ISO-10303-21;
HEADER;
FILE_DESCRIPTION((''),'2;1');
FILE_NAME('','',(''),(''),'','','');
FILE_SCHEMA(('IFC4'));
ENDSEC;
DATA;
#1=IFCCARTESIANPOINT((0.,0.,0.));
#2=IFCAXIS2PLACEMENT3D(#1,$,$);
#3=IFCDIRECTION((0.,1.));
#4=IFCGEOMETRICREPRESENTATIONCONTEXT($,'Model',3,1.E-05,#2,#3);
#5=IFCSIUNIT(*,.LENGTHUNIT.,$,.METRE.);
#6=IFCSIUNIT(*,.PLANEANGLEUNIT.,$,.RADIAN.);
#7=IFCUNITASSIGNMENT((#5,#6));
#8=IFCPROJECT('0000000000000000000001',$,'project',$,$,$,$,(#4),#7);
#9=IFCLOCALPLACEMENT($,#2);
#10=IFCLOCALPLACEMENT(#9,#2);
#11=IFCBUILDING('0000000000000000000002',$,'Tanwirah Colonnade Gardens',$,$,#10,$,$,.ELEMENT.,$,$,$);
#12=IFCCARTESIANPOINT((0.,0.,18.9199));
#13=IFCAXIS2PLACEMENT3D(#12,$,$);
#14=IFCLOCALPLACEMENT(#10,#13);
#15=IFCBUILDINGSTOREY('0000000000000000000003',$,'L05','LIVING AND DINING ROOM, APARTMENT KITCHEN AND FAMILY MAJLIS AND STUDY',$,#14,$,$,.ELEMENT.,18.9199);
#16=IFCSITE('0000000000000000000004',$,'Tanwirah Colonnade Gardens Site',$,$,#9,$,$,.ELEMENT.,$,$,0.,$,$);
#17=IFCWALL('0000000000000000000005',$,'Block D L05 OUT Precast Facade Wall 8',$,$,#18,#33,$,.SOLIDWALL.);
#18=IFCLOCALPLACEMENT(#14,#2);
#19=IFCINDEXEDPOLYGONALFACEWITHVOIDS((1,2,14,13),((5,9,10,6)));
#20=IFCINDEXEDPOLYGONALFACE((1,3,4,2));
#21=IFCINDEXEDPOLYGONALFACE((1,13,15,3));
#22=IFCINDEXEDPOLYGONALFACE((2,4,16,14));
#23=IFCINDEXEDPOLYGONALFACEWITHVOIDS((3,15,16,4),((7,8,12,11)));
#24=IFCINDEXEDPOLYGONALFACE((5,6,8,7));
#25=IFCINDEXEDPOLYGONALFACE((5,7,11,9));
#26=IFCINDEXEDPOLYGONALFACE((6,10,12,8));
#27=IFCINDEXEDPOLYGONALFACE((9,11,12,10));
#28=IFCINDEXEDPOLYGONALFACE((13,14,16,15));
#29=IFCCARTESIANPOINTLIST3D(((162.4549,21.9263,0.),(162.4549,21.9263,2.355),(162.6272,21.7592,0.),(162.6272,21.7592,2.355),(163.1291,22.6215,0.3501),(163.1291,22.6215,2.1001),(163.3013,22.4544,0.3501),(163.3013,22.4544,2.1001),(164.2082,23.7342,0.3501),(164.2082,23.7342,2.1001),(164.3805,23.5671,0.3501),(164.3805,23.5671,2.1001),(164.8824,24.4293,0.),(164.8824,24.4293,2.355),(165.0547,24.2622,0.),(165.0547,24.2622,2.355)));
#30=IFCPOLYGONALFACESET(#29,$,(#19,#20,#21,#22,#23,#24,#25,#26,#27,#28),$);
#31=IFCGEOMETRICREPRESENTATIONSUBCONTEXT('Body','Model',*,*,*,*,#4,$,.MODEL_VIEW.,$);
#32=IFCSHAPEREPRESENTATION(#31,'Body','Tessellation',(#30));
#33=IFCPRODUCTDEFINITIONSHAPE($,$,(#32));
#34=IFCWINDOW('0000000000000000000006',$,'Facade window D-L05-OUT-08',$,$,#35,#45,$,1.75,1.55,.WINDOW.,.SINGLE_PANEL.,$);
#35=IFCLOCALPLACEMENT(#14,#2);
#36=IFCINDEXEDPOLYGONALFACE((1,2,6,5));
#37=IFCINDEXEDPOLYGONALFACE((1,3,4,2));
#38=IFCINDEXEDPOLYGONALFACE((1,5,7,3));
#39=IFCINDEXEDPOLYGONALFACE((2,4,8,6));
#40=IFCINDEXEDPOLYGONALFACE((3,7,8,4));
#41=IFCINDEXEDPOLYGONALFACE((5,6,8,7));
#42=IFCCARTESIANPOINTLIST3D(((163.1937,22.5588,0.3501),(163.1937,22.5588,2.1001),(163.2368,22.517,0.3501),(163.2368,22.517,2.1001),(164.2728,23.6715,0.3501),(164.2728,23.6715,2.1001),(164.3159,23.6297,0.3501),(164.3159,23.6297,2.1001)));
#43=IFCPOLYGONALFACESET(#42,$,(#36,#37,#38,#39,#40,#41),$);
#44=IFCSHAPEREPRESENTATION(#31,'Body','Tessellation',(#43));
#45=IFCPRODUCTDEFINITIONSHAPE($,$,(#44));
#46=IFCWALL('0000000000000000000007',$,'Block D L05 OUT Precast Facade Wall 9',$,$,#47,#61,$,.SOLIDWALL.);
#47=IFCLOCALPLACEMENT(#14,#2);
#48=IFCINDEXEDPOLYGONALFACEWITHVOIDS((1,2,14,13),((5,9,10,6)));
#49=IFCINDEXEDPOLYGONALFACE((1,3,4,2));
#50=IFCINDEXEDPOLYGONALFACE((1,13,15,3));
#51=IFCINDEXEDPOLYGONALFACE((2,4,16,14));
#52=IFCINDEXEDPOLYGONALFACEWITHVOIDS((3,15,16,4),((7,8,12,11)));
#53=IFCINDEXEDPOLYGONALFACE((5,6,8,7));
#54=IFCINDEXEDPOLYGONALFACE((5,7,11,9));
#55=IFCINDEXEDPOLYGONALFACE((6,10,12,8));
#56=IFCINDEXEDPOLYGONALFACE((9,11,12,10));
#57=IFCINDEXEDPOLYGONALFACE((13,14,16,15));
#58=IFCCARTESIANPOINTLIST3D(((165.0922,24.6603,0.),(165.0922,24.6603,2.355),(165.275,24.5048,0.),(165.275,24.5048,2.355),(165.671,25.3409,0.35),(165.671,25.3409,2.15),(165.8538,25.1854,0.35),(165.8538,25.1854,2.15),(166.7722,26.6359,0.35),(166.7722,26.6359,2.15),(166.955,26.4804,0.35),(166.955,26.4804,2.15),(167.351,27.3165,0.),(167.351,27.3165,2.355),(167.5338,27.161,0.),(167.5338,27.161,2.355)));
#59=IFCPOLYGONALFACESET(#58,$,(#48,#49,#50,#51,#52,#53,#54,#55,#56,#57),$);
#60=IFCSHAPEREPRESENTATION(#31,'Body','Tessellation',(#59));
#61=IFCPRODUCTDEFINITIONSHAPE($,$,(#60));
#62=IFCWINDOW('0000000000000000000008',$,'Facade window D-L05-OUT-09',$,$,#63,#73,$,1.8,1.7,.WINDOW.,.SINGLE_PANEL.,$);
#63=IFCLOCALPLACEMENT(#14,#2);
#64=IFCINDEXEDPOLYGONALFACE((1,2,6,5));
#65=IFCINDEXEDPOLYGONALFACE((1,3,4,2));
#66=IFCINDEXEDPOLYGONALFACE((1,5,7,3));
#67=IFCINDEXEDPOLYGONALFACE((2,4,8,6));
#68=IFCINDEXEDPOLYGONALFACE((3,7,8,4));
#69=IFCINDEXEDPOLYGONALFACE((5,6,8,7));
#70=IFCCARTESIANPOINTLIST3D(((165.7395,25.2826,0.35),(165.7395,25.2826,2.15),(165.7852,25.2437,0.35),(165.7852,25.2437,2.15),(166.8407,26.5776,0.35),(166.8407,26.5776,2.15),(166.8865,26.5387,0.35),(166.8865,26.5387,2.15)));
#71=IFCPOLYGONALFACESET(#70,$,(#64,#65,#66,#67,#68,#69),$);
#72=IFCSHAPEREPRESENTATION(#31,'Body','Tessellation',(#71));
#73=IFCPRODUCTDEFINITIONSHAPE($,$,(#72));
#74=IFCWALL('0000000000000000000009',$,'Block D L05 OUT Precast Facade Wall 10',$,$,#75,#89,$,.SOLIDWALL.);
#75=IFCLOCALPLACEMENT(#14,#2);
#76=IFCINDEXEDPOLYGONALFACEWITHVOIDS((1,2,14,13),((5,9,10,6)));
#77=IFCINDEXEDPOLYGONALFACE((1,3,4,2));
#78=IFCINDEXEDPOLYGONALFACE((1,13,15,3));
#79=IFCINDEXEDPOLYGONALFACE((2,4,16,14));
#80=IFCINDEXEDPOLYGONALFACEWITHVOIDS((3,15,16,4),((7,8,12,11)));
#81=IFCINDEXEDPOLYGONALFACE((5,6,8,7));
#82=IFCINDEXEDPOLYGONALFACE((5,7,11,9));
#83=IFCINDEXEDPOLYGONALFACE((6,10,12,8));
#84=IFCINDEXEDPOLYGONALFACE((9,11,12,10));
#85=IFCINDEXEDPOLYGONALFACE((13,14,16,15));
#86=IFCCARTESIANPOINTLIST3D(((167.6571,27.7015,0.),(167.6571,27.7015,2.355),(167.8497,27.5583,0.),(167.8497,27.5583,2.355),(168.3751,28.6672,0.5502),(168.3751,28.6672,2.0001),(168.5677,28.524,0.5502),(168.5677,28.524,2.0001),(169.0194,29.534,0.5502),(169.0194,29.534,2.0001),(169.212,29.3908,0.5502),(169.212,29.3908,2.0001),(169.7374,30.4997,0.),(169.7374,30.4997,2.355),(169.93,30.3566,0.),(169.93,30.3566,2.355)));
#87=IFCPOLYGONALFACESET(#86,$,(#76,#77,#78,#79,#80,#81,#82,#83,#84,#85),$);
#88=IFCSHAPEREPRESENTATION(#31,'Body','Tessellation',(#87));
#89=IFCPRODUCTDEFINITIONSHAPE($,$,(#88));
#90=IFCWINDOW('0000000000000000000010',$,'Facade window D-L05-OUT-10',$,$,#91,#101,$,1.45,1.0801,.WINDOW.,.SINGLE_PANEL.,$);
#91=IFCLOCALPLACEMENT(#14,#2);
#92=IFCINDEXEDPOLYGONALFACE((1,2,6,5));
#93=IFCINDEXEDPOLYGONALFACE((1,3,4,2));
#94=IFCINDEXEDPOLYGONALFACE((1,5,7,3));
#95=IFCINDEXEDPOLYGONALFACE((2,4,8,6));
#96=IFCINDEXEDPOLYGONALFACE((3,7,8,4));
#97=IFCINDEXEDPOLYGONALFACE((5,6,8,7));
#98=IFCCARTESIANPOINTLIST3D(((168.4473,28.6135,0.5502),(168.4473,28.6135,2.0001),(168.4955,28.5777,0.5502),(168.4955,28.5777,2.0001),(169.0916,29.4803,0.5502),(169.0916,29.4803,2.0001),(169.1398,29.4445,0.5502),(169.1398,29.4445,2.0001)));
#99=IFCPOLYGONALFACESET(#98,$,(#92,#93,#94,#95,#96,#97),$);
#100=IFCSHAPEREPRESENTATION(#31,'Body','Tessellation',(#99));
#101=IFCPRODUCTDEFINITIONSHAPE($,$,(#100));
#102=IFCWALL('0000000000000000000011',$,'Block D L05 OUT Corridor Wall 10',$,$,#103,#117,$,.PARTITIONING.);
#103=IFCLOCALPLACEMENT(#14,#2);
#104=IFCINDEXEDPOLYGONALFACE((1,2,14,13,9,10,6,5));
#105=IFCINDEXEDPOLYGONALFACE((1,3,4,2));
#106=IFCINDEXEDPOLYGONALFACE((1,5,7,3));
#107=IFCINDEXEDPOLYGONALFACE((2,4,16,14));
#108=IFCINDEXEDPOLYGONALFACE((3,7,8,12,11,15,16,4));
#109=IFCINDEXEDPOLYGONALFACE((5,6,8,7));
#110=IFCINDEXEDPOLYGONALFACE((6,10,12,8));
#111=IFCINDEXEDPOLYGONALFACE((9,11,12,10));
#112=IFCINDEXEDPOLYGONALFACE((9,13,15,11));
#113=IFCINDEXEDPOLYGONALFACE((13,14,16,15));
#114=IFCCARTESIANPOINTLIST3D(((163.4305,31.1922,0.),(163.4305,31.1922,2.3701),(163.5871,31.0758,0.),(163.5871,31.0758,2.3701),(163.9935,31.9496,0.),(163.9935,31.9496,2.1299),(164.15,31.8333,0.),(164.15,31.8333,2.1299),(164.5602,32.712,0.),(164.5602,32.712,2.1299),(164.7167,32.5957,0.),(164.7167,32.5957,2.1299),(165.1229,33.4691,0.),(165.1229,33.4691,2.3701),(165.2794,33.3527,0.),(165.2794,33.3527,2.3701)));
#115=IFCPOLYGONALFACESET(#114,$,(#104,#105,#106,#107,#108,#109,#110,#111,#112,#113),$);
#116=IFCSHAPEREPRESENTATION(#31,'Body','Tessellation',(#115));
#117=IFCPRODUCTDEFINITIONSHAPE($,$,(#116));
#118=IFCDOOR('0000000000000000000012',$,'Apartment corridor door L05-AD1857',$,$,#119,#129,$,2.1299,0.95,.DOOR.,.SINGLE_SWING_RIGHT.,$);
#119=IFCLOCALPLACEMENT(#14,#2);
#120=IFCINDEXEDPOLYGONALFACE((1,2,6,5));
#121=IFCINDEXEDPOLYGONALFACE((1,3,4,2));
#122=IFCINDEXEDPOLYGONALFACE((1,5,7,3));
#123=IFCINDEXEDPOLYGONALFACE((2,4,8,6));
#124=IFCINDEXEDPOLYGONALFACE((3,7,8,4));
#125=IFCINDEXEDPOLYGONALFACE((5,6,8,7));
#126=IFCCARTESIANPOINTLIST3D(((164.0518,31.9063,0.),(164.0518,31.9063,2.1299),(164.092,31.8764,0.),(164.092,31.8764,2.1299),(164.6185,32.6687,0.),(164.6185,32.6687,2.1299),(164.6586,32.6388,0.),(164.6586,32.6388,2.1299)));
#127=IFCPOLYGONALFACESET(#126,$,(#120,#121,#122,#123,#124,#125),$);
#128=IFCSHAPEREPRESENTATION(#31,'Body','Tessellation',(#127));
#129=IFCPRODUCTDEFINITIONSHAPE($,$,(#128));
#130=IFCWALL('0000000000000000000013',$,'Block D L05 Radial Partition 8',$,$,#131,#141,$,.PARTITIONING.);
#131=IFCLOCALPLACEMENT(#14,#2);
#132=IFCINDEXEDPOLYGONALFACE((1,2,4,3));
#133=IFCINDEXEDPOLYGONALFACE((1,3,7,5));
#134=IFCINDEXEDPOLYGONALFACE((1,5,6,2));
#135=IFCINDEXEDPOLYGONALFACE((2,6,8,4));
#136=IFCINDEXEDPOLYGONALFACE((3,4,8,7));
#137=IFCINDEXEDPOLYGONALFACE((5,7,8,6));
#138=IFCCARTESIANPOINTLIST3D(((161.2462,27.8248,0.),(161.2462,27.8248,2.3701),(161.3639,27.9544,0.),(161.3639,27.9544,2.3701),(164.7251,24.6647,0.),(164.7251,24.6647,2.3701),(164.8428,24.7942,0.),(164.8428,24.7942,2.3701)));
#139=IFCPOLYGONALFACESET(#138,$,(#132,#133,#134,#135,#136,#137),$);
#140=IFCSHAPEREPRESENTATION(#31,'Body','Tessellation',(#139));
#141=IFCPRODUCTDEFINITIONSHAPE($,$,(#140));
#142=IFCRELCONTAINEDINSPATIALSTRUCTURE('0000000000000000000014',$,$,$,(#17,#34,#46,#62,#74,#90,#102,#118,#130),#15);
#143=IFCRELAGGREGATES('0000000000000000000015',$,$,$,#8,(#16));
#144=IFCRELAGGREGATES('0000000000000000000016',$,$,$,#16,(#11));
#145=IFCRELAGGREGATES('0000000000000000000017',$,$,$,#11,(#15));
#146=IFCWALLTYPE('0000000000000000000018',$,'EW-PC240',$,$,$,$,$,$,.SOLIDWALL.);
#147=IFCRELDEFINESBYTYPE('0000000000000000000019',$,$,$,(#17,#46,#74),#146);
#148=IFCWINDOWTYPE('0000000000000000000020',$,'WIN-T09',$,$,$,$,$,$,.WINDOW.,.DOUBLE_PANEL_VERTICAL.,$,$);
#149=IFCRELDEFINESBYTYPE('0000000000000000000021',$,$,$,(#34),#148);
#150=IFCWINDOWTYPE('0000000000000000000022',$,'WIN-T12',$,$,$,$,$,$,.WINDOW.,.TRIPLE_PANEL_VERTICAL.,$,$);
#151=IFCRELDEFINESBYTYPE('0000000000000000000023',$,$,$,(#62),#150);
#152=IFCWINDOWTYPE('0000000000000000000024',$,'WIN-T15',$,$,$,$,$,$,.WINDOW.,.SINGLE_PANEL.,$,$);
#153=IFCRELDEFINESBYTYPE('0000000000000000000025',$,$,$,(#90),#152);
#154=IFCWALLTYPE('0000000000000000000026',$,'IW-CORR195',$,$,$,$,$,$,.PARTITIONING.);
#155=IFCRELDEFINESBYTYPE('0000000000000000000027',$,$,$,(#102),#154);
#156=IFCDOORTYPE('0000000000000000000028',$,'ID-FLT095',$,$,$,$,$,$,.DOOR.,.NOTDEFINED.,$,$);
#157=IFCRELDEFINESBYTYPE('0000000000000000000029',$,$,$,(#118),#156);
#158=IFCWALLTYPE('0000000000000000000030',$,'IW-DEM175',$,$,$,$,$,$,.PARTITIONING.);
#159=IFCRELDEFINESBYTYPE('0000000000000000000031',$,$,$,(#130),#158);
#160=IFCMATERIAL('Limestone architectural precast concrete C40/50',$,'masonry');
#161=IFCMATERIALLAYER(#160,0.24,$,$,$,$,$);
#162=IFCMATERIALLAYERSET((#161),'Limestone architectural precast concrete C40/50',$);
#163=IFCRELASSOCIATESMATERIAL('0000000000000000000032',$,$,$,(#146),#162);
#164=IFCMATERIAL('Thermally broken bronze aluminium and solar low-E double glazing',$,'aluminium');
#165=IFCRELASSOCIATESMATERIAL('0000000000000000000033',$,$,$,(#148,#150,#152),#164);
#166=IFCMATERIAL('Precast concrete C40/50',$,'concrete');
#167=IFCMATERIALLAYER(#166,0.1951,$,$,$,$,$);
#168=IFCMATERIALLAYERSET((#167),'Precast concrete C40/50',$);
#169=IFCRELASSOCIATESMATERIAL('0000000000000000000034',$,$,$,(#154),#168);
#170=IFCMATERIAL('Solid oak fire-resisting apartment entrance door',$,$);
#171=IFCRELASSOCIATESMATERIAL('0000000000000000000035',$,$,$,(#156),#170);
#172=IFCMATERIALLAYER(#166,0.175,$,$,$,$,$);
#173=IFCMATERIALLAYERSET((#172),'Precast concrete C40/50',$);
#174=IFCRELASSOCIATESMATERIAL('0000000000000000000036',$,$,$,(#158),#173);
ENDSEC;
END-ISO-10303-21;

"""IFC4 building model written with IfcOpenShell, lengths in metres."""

from ifc_helpers import new_model, si_unit, direction, frame, frame_2d, origin, place, context, subcontext, project, spatial, rectangle, extrude, material, layer, layer_set, type_object, element, fill, save


model = new_model("IFC4")

# Units and contexts
model_context = context("Model", 3, precision=1e-05, world=origin(), true_north=direction((0.0, 1.0)))
body_context = subcontext(model_context, "Body", "Model", "MODEL_VIEW")
ifc_project = project(units=[si_unit("LENGTHUNIT", "METRE"), si_unit("PLANEANGLEUNIT", "RADIAN")], contexts=[model_context])

# Site, building, storey
site_placement = place(None, origin())
site = spatial("IfcSite", under=ifc_project, at=site_placement, Name="Tanwirah Colonnade Gardens Site", CompositionType="ELEMENT", RefElevation=0.0)
building_placement = place(site_placement, origin())
building = spatial("IfcBuilding", under=site, at=building_placement, Name="Tanwirah Colonnade Gardens", CompositionType="ELEMENT")
storey_placement = place(building_placement, frame((0.0, 0.0, 18.9199)))
storey = spatial("IfcBuildingStorey", under=building, at=storey_placement, Name="L05", Description="LIVING AND DINING ROOM, APARTMENT KITCHEN AND FAMILY MAJLIS AND STUDY", CompositionType="ELEMENT", Elevation=18.9199)

# Shared definitions
ifc_material_1 = material(Name="Precast concrete C40/50", Category="concrete")

# Walls, openings, windows
ifc_material_2 = material(Name="Limestone architectural precast concrete C40/50", Category="masonry")
ifc_layer_1 = layer(ifc_material_2, 0.24)
ifc_layer_set_1 = layer_set([ifc_layer_1], Name="Limestone architectural precast concrete C40/50")
wall_type_1 = type_object("IfcWallType", Name="EW-PC240", PredefinedType="SOLIDWALL", material=ifc_layer_set_1)
wall_1_placement = place(storey_placement, frame((162.541, 21.8428, 0.0), z_axis=(0.0, 0.0, 1.0), x_axis=(0.696206, 0.717842, 0.0)))
wall_1 = element("IfcWall", 1, at=wall_1_placement, inside=storey, type_object=wall_type_1, Name="Block D L05 OUT Precast Facade Wall 8", PredefinedType="SOLIDWALL", context=body_context, shape_type="SweptSolid", body=[
    extrude(rectangle(XDim=3.4868, YDim=0.24, at=frame_2d((1.7434, 0.0))), origin(), (0.0, 0.0, 1.0), 2.355),
])
opening_1_placement = place(wall_1_placement, frame((0.9685, 0.0, 0.3501)))
opening_1 = element("IfcOpeningElement", 2, at=opening_1_placement, cuts=wall_1, PredefinedType="OPENING", context=body_context, shape_type="SweptSolid", body=[
    extrude(rectangle(XDim=1.55, YDim=1.75, at=frame_2d((0.7749, 0.875))), frame((0.0, 0.1299, 0.0), z_axis=(0.0, -1.0, 0.0), x_axis=(1.0, 0.0, 0.0)), (0.0, 0.0, 1.0), 0.26),
])
ifc_material_3 = material(Name="Thermally broken bronze aluminium and solar low-E double glazing", Category="aluminium")
window_type_1 = type_object("IfcWindowType", Name="WIN-T09", PartitioningType="DOUBLE_PANEL_VERTICAL", PredefinedType="WINDOW", material=ifc_material_3)
window_1_placement = place(opening_1_placement, origin())
window_1 = element("IfcWindow", 3, at=window_1_placement, inside=storey, type_object=window_type_1, Name="Facade window D-L05-OUT-08", OverallHeight=1.75, OverallWidth=1.55, PartitioningType="SINGLE_PANEL", PredefinedType="WINDOW", context=body_context, shape_type="SweptSolid", body=[
    extrude(rectangle(XDim=1.55, YDim=1.75, at=frame_2d((0.7749, 0.875))), frame((0.0, 0.03, 0.0), z_axis=(0.0, -1.0, 0.0), x_axis=(1.0, 0.0, 0.0)), (0.0, 0.0, 1.0), 0.0601),
])
fill(opening_1, window_1)
wall_2_placement = place(storey_placement, frame((165.1836, 24.5825, 0.0), z_axis=(0.0, 0.0, 1.0), x_axis=(0.647811, 0.761801, 0.0)))
wall_2 = element("IfcWall", 4, at=wall_2_placement, inside=storey, type_object=wall_type_1, Name="Block D L05 OUT Precast Facade Wall 9", PredefinedType="SOLIDWALL", context=body_context, shape_type="SweptSolid", body=[
    extrude(rectangle(XDim=3.4868, YDim=0.24, at=frame_2d((1.7434, 0.0))), origin(), (0.0, 0.0, 1.0), 2.355),
])
opening_2_placement = place(wall_2_placement, frame((0.8933, 0.0, 0.3501)))
opening_2 = element("IfcOpeningElement", 5, at=opening_2_placement, cuts=wall_2, PredefinedType="OPENING", context=body_context, shape_type="SweptSolid", body=[
    extrude(rectangle(XDim=1.7, YDim=1.8, at=frame_2d((0.8501, 0.8999))), frame((0.0, 0.1299, 0.0), z_axis=(0.0, -1.0, 0.0), x_axis=(1.0, 0.0, 0.0)), (0.0, 0.0, 1.0), 0.26),
])
window_type_2 = type_object("IfcWindowType", Name="WIN-T12", PartitioningType="TRIPLE_PANEL_VERTICAL", PredefinedType="WINDOW", material=ifc_material_3)
window_2_placement = place(opening_2_placement, origin())
window_2 = element("IfcWindow", 6, at=window_2_placement, inside=storey, type_object=window_type_2, Name="Facade window D-L05-OUT-09", OverallHeight=1.8, OverallWidth=1.7, PartitioningType="SINGLE_PANEL", PredefinedType="WINDOW", context=body_context, shape_type="SweptSolid", body=[
    extrude(rectangle(XDim=1.7, YDim=1.8, at=frame_2d((0.8501, 0.8999))), frame((0.0, 0.03, 0.0), z_axis=(0.0, -1.0, 0.0), x_axis=(1.0, 0.0, 0.0)), (0.0, 0.0, 1.0), 0.0601),
])
fill(opening_2, window_2)
wall_3_placement = place(storey_placement, frame((167.7534, 27.6299, 0.0), z_axis=(0.0, 0.0, 1.0), x_axis=(0.596611, 0.80253, 0.0)))
wall_3 = element("IfcWall", 7, at=wall_3_placement, inside=storey, type_object=wall_type_1, Name="Block D L05 OUT Precast Facade Wall 10", PredefinedType="SOLIDWALL", context=body_context, shape_type="SweptSolid", body=[
    extrude(rectangle(XDim=3.4868, YDim=0.24, at=frame_2d((1.7434, 0.0))), origin(), (0.0, 0.0, 1.0), 2.355),
])
opening_3_placement = place(wall_3_placement, frame((1.2034, 0.0, 0.55)))
opening_3 = element("IfcOpeningElement", 8, at=opening_3_placement, cuts=wall_3, PredefinedType="OPENING", context=body_context, shape_type="SweptSolid", body=[
    extrude(rectangle(XDim=1.0801, YDim=1.45, at=frame_2d((0.54, 0.7251))), frame((0.0, 0.1299, 0.0), z_axis=(0.0, -1.0, 0.0), x_axis=(1.0, 0.0, 0.0)), (0.0, 0.0, 1.0), 0.26),
])
window_type_3 = type_object("IfcWindowType", Name="WIN-T15", PartitioningType="SINGLE_PANEL", PredefinedType="WINDOW", material=ifc_material_3)
window_3_placement = place(opening_3_placement, origin())
window_3 = element("IfcWindow", 9, at=window_3_placement, inside=storey, type_object=window_type_3, Name="Facade window D-L05-OUT-10", OverallHeight=1.45, OverallWidth=1.0801, PartitioningType="SINGLE_PANEL", PredefinedType="WINDOW", context=body_context, shape_type="SweptSolid", body=[
    extrude(rectangle(XDim=1.0801, YDim=1.45, at=frame_2d((0.54, 0.7251))), frame((0.0, 0.03, 0.0), z_axis=(0.0, -1.0, 0.0), x_axis=(1.0, 0.0, 0.0)), (0.0, 0.0, 1.0), 0.0601),
])
fill(opening_3, window_3)

# Wall, opening, door
ifc_layer_2 = layer(ifc_material_1, 0.1951)
ifc_layer_set_2 = layer_set([ifc_layer_2], Name="Precast concrete C40/50")
wall_type_2 = type_object("IfcWallType", Name="IW-CORR195", PredefinedType="PARTITIONING", material=ifc_layer_set_2)
wall_4_placement = place(storey_placement, frame((163.5088, 31.134, 0.0), z_axis=(0.0, 0.0, 1.0), x_axis=(0.596552, 0.802574, 0.0)))
wall_4 = element("IfcWall", 10, at=wall_4_placement, inside=storey, type_object=wall_type_2, Name="Block D L05 OUT Corridor Wall 10", PredefinedType="PARTITIONING", context=body_context, shape_type="SweptSolid", body=[
    extrude(rectangle(XDim=2.8369, YDim=0.1951, at=frame_2d((1.4185, 0.0))), origin(), (0.0, 0.0, 1.0), 2.3701),
])
opening_4_placement = place(wall_4_placement, frame((0.9436, 0.0, 0.0)))
opening_4 = element("IfcOpeningElement", 11, at=opening_4_placement, cuts=wall_4, PredefinedType="OPENING", context=body_context, shape_type="SweptSolid", body=[
    extrude(rectangle(XDim=0.95, YDim=2.1299, at=frame_2d((0.4751, 1.0649))), frame((0.0, 0.1074, 0.0), z_axis=(0.0, -1.0, 0.0), x_axis=(1.0, 0.0, 0.0)), (0.0, 0.0, 1.0), 0.2151),
])
ifc_material_4 = material(Name="Solid oak fire-resisting apartment entrance door")
door_type_1 = type_object("IfcDoorType", Name="ID-FLT095", OperationType="NOTDEFINED", PredefinedType="DOOR", material=ifc_material_4)
door_1_placement = place(opening_4_placement, origin())
door_1 = element("IfcDoor", 12, at=door_1_placement, inside=storey, type_object=door_type_1, Name="Apartment corridor door L05-AD1857", OperationType="SINGLE_SWING_RIGHT", OverallHeight=2.1299, OverallWidth=0.95, PredefinedType="DOOR", context=body_context, shape_type="SweptSolid", body=[
    extrude(rectangle(XDim=0.95, YDim=2.1299, at=frame_2d((0.4751, 1.0649))), frame((0.0, 0.0249, 0.0), z_axis=(0.0, -1.0, 0.0), x_axis=(1.0, 0.0, 0.0)), (0.0, 0.0, 1.0), 0.05),
])
fill(opening_4, door_1)

# Wall
ifc_layer_3 = layer(ifc_material_1, 0.175)
ifc_layer_set_3 = layer_set([ifc_layer_3], Name="Precast concrete C40/50")
wall_type_3 = type_object("IfcWallType", Name="IW-DEM175", PredefinedType="PARTITIONING", material=ifc_layer_set_3)
wall_5_placement = place(storey_placement, frame((161.3049, 27.8896, 0.0), z_axis=(0.0, 0.0, 1.0), x_axis=(0.740213, -0.672373, 0.0)))
element("IfcWall", 13, at=wall_5_placement, inside=storey, type_object=wall_type_3, Name="Block D L05 Radial Partition 8", PredefinedType="PARTITIONING", context=body_context, shape_type="SweptSolid", body=[
    extrude(rectangle(XDim=4.7, YDim=0.175, at=frame_2d((2.3501, 0.0))), origin(), (0.0, 0.0, 1.0), 2.3701),
])

save(model, "model.ifc")
